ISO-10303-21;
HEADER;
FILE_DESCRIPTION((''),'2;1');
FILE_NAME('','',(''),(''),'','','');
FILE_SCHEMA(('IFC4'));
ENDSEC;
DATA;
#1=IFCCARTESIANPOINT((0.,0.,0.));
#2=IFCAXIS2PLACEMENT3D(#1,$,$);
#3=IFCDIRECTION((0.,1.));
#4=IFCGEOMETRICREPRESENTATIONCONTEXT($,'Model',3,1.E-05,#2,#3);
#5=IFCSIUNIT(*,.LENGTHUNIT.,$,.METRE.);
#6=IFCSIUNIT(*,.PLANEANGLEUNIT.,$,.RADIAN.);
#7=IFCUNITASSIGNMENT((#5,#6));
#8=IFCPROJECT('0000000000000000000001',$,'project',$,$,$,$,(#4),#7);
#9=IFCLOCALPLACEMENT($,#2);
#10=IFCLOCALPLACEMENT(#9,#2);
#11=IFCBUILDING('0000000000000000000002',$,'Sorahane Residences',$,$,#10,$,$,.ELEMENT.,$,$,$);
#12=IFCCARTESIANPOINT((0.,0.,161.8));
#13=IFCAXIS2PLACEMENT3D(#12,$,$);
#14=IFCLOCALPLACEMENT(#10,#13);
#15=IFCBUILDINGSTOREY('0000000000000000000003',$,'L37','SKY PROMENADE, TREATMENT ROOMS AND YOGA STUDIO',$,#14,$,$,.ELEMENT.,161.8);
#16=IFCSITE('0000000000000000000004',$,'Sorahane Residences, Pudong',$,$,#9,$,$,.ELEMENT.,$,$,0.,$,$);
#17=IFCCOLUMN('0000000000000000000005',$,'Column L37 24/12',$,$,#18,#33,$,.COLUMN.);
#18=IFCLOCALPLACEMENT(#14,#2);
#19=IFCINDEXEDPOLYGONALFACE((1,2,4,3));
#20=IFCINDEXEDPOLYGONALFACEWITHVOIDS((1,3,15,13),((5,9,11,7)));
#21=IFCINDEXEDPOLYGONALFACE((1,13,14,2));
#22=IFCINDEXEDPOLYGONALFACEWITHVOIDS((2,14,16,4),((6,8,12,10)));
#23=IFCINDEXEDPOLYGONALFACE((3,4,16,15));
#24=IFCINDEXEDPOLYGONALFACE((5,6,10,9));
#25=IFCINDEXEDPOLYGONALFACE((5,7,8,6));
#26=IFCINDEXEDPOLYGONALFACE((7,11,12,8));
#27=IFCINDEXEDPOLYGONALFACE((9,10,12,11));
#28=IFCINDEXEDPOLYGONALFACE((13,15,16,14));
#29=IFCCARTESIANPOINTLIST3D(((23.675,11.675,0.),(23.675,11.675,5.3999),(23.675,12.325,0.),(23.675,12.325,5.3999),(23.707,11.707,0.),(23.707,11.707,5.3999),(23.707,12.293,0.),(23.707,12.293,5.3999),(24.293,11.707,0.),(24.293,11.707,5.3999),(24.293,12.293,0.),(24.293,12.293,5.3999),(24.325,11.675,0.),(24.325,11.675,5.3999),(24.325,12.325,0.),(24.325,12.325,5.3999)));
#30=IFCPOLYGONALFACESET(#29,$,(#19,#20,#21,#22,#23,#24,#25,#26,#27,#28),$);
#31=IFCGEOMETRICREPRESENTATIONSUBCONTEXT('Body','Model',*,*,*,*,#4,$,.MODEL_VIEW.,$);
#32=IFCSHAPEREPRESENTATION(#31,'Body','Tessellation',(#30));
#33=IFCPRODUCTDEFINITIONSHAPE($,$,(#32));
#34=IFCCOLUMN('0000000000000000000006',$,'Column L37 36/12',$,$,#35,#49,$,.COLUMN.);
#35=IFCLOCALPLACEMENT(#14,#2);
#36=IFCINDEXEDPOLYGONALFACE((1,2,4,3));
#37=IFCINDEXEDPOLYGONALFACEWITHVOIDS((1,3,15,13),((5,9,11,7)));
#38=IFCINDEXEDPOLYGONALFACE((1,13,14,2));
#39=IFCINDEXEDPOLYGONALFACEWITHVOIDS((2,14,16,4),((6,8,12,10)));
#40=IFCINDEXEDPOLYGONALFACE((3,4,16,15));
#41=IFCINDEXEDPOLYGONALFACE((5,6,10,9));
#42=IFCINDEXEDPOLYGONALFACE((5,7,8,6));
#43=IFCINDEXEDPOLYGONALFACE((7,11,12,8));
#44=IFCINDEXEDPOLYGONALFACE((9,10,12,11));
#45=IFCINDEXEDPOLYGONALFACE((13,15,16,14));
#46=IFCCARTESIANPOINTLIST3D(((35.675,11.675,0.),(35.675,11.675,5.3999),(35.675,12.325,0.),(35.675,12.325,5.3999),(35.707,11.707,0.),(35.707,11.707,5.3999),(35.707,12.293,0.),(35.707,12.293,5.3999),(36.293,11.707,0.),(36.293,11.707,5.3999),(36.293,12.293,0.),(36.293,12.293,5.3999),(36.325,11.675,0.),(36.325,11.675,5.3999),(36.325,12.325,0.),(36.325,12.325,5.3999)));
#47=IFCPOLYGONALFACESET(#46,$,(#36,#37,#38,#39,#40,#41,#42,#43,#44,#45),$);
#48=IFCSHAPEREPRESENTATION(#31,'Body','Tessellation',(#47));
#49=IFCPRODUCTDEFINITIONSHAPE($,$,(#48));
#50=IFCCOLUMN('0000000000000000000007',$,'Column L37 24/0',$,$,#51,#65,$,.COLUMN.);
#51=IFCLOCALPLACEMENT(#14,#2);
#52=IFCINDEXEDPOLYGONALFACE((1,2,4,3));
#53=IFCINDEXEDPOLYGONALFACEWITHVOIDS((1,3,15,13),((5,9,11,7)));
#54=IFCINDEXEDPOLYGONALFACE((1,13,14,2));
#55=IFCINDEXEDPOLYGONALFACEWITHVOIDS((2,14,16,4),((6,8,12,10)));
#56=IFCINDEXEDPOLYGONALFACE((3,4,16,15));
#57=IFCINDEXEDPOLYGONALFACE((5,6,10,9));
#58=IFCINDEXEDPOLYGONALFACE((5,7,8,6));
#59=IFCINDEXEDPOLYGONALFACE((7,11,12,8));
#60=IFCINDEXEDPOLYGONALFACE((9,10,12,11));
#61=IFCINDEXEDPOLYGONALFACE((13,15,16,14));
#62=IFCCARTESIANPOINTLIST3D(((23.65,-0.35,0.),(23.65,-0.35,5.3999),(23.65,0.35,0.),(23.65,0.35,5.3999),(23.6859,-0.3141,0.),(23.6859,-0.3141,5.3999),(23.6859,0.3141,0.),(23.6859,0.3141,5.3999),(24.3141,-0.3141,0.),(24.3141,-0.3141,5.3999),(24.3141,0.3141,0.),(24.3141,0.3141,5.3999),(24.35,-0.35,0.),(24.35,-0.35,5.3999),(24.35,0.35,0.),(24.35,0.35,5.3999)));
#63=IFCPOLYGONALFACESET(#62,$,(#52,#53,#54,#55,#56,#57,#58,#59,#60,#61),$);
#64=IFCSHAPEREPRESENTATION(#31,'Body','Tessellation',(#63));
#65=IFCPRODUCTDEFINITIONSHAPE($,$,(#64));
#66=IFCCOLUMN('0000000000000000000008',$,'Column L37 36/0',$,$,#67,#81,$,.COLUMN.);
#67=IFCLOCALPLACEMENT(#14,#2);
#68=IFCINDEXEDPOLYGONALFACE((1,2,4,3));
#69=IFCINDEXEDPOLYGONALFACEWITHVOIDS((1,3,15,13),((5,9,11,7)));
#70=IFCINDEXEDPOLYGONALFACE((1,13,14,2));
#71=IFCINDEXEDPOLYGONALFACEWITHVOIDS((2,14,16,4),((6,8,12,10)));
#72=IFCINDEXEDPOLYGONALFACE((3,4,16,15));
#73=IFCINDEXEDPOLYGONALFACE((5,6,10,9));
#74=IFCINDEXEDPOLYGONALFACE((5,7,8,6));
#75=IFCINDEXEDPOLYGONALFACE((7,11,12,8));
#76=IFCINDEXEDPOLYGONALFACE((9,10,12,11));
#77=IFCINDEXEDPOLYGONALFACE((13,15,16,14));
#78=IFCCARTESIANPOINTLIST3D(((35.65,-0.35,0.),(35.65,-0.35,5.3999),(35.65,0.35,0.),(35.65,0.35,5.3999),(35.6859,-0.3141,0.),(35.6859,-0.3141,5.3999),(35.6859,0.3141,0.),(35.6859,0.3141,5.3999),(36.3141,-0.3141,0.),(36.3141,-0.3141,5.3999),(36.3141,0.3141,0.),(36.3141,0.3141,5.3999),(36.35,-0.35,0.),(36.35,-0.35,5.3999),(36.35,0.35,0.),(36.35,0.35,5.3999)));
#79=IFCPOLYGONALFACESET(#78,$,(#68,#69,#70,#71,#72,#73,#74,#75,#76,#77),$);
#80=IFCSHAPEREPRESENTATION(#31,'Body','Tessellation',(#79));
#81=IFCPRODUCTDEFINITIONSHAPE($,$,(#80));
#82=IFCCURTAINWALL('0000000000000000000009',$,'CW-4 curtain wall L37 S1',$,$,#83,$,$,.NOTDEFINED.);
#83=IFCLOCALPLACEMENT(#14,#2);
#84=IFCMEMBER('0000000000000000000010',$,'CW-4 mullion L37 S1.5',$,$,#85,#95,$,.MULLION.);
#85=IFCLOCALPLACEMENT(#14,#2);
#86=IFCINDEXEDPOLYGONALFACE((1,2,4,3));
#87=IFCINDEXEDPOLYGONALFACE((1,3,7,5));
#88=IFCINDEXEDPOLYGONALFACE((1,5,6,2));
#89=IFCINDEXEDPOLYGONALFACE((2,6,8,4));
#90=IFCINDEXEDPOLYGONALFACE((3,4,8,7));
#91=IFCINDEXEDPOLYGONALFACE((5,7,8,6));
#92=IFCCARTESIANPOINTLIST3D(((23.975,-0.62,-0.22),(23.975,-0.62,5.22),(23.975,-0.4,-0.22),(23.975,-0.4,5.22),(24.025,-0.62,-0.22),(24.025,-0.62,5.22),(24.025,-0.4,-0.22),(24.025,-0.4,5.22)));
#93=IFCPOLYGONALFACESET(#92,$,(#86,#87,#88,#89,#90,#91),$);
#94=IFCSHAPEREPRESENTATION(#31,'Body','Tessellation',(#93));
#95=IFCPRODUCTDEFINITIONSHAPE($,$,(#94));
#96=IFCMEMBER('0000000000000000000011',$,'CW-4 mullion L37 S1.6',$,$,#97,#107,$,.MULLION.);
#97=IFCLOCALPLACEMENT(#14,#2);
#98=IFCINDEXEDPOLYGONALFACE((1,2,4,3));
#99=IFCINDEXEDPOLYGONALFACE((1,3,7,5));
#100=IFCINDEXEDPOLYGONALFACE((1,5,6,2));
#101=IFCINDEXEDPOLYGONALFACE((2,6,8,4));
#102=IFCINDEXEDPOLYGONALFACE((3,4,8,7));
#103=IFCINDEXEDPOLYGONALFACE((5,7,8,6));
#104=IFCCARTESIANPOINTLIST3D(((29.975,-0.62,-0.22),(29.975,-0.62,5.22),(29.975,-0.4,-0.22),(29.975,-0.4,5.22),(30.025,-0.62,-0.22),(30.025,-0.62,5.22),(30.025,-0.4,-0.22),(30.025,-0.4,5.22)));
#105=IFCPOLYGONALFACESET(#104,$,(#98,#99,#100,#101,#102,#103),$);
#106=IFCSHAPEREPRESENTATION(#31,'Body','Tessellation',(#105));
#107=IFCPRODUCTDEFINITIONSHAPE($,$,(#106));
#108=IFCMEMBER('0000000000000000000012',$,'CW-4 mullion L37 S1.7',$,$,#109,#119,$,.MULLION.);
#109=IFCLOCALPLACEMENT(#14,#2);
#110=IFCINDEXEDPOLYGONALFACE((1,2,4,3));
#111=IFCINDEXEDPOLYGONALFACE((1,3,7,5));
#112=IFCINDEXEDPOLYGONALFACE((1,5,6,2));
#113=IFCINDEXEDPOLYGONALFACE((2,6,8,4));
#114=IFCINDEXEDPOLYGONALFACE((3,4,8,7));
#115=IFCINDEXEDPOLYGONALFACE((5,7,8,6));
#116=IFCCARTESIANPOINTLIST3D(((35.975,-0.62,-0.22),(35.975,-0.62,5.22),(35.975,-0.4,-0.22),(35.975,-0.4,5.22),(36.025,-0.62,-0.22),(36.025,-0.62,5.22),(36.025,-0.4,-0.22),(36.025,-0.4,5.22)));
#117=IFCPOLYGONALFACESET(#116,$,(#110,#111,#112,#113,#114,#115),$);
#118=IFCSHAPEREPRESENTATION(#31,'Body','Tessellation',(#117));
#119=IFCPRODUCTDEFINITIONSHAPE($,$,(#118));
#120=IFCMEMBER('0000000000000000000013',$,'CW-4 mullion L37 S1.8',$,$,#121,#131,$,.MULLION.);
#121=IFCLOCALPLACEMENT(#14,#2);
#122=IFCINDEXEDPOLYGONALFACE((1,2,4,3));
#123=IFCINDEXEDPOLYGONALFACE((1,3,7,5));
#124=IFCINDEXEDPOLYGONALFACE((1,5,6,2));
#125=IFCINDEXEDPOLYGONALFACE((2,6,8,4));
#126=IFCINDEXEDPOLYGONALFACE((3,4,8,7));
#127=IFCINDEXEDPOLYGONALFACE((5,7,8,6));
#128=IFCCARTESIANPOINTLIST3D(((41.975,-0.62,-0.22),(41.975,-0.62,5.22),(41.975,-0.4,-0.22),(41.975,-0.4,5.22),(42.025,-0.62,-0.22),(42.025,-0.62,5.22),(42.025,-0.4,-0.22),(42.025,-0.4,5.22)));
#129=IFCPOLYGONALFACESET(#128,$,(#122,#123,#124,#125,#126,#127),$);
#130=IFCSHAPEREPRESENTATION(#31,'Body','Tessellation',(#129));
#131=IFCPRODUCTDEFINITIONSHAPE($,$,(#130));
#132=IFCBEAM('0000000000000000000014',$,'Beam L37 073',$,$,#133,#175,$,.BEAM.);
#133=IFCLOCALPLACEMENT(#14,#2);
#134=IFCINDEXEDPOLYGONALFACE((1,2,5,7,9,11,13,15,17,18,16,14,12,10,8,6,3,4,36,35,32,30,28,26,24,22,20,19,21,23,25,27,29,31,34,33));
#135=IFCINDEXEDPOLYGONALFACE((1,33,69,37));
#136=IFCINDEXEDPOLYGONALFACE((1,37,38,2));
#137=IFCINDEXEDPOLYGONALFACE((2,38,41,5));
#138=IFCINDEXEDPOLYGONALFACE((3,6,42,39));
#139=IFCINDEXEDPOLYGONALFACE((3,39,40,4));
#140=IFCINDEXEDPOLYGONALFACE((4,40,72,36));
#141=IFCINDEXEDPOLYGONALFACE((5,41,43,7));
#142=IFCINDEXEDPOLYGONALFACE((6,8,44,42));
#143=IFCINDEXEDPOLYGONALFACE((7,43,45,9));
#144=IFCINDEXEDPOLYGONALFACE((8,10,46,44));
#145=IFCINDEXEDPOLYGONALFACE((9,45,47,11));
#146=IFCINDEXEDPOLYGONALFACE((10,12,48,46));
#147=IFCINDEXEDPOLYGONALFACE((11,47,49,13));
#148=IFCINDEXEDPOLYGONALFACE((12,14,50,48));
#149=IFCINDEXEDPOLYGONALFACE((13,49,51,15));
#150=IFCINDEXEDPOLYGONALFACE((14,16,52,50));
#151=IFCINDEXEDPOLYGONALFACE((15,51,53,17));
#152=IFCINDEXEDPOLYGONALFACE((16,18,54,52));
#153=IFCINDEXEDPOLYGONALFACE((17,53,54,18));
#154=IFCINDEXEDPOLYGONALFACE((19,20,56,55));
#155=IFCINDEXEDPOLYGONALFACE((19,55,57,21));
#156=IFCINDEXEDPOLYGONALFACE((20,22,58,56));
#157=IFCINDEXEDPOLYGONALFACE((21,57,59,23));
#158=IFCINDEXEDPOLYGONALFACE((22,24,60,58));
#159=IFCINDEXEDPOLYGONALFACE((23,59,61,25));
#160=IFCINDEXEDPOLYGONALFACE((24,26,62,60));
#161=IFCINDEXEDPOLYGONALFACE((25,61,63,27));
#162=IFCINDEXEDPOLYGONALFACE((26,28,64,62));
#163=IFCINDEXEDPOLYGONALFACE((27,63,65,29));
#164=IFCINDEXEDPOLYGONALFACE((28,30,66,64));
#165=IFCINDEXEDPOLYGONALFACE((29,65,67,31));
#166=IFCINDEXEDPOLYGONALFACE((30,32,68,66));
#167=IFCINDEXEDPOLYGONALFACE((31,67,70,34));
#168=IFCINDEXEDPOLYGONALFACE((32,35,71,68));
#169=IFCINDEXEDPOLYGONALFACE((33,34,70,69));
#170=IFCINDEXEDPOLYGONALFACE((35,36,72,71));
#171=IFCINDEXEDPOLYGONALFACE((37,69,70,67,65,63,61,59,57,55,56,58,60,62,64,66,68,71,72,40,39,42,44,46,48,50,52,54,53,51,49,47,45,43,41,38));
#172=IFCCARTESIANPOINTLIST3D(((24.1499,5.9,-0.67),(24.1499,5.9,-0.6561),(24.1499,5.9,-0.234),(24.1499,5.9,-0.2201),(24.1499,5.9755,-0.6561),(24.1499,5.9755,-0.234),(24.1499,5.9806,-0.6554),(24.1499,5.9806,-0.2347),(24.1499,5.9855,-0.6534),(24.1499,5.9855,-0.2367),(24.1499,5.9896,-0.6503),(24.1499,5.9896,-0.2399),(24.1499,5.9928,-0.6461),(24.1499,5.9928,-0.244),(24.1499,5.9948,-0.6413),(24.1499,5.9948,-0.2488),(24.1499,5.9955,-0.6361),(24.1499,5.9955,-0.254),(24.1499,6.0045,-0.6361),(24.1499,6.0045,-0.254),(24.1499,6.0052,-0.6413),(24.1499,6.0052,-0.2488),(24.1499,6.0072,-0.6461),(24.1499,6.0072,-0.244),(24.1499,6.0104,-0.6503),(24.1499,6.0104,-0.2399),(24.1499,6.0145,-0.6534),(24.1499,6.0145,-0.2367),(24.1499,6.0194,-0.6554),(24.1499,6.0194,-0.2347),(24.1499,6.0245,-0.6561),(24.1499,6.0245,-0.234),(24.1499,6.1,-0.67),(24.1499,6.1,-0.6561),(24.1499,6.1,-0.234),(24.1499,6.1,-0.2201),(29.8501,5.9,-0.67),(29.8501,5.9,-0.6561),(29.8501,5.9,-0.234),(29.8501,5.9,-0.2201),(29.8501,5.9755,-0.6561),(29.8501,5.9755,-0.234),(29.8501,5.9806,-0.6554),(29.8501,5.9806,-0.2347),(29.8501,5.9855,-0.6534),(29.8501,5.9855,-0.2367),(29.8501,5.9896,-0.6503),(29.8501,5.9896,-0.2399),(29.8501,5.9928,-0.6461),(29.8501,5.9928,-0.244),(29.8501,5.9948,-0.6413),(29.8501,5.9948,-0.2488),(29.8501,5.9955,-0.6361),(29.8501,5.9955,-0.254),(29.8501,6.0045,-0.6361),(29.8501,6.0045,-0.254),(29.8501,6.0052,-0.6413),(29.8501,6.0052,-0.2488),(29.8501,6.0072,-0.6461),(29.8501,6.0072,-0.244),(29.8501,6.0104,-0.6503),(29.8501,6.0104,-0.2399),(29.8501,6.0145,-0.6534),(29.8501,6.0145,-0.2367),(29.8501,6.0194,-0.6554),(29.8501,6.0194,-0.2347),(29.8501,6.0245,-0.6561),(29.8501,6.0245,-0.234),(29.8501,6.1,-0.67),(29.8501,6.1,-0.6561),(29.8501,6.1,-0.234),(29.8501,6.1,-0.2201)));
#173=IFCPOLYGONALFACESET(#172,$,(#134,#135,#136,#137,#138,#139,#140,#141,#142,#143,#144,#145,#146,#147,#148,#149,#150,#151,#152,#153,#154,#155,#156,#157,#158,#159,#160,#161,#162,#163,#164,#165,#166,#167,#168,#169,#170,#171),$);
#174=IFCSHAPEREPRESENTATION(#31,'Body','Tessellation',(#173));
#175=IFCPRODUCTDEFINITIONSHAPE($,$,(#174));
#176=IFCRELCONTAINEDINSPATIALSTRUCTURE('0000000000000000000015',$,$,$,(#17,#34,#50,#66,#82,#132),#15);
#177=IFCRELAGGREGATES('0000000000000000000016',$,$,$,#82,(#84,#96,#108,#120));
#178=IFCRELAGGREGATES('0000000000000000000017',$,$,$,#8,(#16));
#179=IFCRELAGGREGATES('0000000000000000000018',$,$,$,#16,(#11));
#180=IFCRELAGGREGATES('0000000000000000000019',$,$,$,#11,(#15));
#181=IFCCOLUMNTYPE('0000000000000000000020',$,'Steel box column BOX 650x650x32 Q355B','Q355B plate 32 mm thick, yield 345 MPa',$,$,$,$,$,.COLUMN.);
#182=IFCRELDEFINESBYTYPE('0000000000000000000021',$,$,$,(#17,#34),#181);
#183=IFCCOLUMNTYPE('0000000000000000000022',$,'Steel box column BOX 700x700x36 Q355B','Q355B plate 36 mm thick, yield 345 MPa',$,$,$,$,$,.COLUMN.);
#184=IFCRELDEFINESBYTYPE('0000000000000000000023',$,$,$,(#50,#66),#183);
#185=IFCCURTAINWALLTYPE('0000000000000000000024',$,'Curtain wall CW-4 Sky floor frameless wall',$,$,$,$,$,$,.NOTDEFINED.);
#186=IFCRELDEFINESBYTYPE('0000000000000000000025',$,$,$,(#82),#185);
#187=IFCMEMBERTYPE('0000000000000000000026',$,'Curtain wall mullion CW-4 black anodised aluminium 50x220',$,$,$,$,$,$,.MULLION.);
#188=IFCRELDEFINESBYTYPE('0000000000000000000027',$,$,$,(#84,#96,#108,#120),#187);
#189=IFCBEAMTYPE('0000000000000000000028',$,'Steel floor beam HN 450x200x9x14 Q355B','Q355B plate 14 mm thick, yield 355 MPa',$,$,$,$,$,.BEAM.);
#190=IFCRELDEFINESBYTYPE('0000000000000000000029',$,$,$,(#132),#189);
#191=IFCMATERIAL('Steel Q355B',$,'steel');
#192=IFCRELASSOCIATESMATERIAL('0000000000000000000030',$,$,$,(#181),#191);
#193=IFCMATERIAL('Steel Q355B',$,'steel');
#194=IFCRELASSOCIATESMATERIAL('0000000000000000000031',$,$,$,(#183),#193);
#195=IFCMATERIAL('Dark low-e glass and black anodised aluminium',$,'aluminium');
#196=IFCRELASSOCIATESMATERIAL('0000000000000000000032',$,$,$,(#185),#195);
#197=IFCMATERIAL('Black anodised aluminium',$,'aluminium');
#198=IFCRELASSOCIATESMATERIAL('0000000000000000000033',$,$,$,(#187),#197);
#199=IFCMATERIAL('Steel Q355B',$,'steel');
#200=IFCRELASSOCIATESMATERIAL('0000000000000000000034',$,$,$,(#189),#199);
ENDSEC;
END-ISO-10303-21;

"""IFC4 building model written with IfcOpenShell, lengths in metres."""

from ifc_helpers import new_model, si_unit, direction, frame, origin, origin_2d, place, context, subcontext, project, spatial, rectangle, hollow_rectangle, i_section, extrude, material, material_profile, profile_set, type_object, element, aggregate, save


model = new_model("IFC4")

# Units and contexts
model_context = context("Model", 3, precision=1e-05, world=origin(), true_north=direction((0.0, 1.0)))
body_context = subcontext(model_context, "Body", "Model", "MODEL_VIEW")
ifc_project = project(units=[si_unit("LENGTHUNIT", "METRE"), si_unit("PLANEANGLEUNIT", "RADIAN")], contexts=[model_context])

# Site, building, storey
site_placement = place(None, origin())
site = spatial("IfcSite", under=ifc_project, at=site_placement, Name="Sorahane Residences, Pudong", CompositionType="ELEMENT", RefElevation=0.0)
building_placement = place(site_placement, origin())
building = spatial("IfcBuilding", under=site, at=building_placement, Name="Sorahane Residences", CompositionType="ELEMENT")
storey_placement = place(building_placement, frame((0.0, 0.0, 161.8)))
storey = spatial("IfcBuildingStorey", under=building, at=storey_placement, Name="L37", Description="SKY PROMENADE, TREATMENT ROOMS AND YOGA STUDIO", CompositionType="ELEMENT", Elevation=161.8)

# Columns
ifc_material_1 = material(Name="Steel Q355B", Category="steel")
ifc_material_profile_1 = material_profile(ifc_material_1, hollow_rectangle(XDim=0.6499, YDim=0.6499, WallThickness=0.032, at=origin_2d()), Name="BOX 650x650x32")
ifc_profile_set_1 = profile_set([ifc_material_profile_1], Name="Steel Q355B")
column_type_1 = type_object("IfcColumnType", Name="Steel box column BOX 650x650x32 Q355B", Description="Q355B plate 32 mm thick, yield 345 MPa", PredefinedType="COLUMN", material=ifc_profile_set_1)
for number, where, z_axis, x_axis, name in (
    (1, (24.0, 12.0, 0.0), (0.0, 0.0, 1.0), (1.0, 0.0, 0.0), "Column L37 24/12"),
    (2, (36.0, 12.0, 0.0), (0.0, 0.0, 1.0), (1.0, 0.0, 0.0), "Column L37 36/12"),
):
    element("IfcColumn", number, at=place(storey_placement, frame(where, z_axis=z_axis, x_axis=x_axis)), inside=storey, type_object=column_type_1, Name=name, PredefinedType="COLUMN", context=body_context, shape_type="SweptSolid", body=[
        extrude(hollow_rectangle(XDim=0.6499, YDim=0.6499, WallThickness=0.032, at=origin_2d()), origin(), (0.0, 0.0, 1.0), 5.3999),
    ])
ifc_material_2 = material(Name="Steel Q355B", Category="steel")
ifc_material_profile_2 = material_profile(ifc_material_2, hollow_rectangle(XDim=0.7, YDim=0.7, WallThickness=0.0359, at=origin_2d()), Name="BOX 700x700x36")
ifc_profile_set_2 = profile_set([ifc_material_profile_2], Name="Steel Q355B")
column_type_2 = type_object("IfcColumnType", Name="Steel box column BOX 700x700x36 Q355B", Description="Q355B plate 36 mm thick, yield 345 MPa", PredefinedType="COLUMN", material=ifc_profile_set_2)
for number, where, z_axis, x_axis, name in (
    (3, (24.0, 0.0, 0.0), (0.0, 0.0, 1.0), (1.0, 0.0, 0.0), "Column L37 24/0"),
    (4, (36.0, 0.0, 0.0), (0.0, 0.0, 1.0), (1.0, 0.0, 0.0), "Column L37 36/0"),
):
    element("IfcColumn", number, at=place(storey_placement, frame(where, z_axis=z_axis, x_axis=x_axis)), inside=storey, type_object=column_type_2, Name=name, PredefinedType="COLUMN", context=body_context, shape_type="SweptSolid", body=[
        extrude(hollow_rectangle(XDim=0.7, YDim=0.7, WallThickness=0.0359, at=origin_2d()), origin(), (0.0, 0.0, 1.0), 5.3999),
    ])

# Curtain wall, members
ifc_material_3 = material(Name="Dark low-e glass and black anodised aluminium", Category="aluminium")
curtain_wall_type = type_object("IfcCurtainWallType", Name="Curtain wall CW-4 Sky floor frameless wall", PredefinedType="NOTDEFINED", material=ifc_material_3)
curtain_wall_placement = place(storey_placement, origin())
curtain_wall = element("IfcCurtainWall", 5, at=curtain_wall_placement, inside=storey, type_object=curtain_wall_type, Name="CW-4 curtain wall L37 S1", PredefinedType="NOTDEFINED")
ifc_material_4 = material(Name="Black anodised aluminium", Category="aluminium")
ifc_material_profile_3 = material_profile(ifc_material_4, rectangle(XDim=0.22, YDim=0.05, at=origin_2d()), Name="Curtain wall mullion CW-4 black anodised aluminium 50x220")
ifc_profile_set_3 = profile_set([ifc_material_profile_3], Name="Black anodised aluminium")
member_type = type_object("IfcMemberType", Name="Curtain wall mullion CW-4 black anodised aluminium 50x220", PredefinedType="MULLION", material=ifc_profile_set_3)
member_1_placement = place(storey_placement, frame((24.0, -0.51, -0.22), z_axis=(0.0, 0.0, 1.0), x_axis=(0.0, -1.0, 0.0)))
member_1 = element("IfcMember", 6, at=member_1_placement, type_object=member_type, Name="CW-4 mullion L37 S1.5", PredefinedType="MULLION", context=body_context, shape_type="SweptSolid", body=[
    extrude(rectangle(XDim=0.22, YDim=0.05, at=origin_2d()), origin(), (0.0, 0.0, 1.0), 5.4399),
])
member_2_placement = place(storey_placement, frame((30.0, -0.51, -0.22), z_axis=(0.0, 0.0, 1.0), x_axis=(0.0, -1.0, 0.0)))
member_2 = element("IfcMember", 7, at=member_2_placement, type_object=member_type, Name="CW-4 mullion L37 S1.6", PredefinedType="MULLION", context=body_context, shape_type="SweptSolid", body=[
    extrude(rectangle(XDim=0.22, YDim=0.05, at=origin_2d()), origin(), (0.0, 0.0, 1.0), 5.4399),
])
member_3_placement = place(storey_placement, frame((36.0, -0.51, -0.22), z_axis=(0.0, 0.0, 1.0), x_axis=(0.0, -1.0, 0.0)))
member_3 = element("IfcMember", 8, at=member_3_placement, type_object=member_type, Name="CW-4 mullion L37 S1.7", PredefinedType="MULLION", context=body_context, shape_type="SweptSolid", body=[
    extrude(rectangle(XDim=0.22, YDim=0.05, at=origin_2d()), origin(), (0.0, 0.0, 1.0), 5.4399),
])
member_4_placement = place(storey_placement, frame((42.0, -0.51, -0.22), z_axis=(0.0, 0.0, 1.0), x_axis=(0.0, -1.0, 0.0)))
member_4 = element("IfcMember", 9, at=member_4_placement, type_object=member_type, Name="CW-4 mullion L37 S1.8", PredefinedType="MULLION", context=body_context, shape_type="SweptSolid", body=[
    extrude(rectangle(XDim=0.22, YDim=0.05, at=origin_2d()), origin(), (0.0, 0.0, 1.0), 5.4399),
])

# Beam
ifc_material_5 = material(Name="Steel Q355B", Category="steel")
ifc_material_profile_4 = material_profile(ifc_material_5, i_section(OverallWidth=0.2, OverallDepth=0.45, WebThickness=0.009, FlangeThickness=0.0139, FilletRadius=0.02, at=origin_2d()), Name="HN 450x200x9x14")
ifc_profile_set_4 = profile_set([ifc_material_profile_4], Name="Steel Q355B")
beam_type_1 = type_object("IfcBeamType", Name="Steel floor beam HN 450x200x9x14 Q355B", Description="Q355B plate 14 mm thick, yield 355 MPa", PredefinedType="BEAM", material=ifc_profile_set_4)
for number, where, z_axis, x_axis, name in (
    (10, (24.1499, 6.0, -0.4451), (1.0, 0.0, 0.0), (0.0, 1.0, 0.0), "Beam L37 073"),
):
    element("IfcBeam", number, at=place(storey_placement, frame(where, z_axis=z_axis, x_axis=x_axis)), inside=storey, type_object=beam_type_1, Name=name, PredefinedType="BEAM", context=body_context, shape_type="SweptSolid", body=[
        extrude(i_section(OverallWidth=0.2, OverallDepth=0.45, WebThickness=0.009, FlangeThickness=0.0139, FilletRadius=0.02, at=origin_2d()), origin(), (0.0, 0.0, 1.0), 5.7002),
    ])

aggregate(curtain_wall, [member_1, member_2, member_3, member_4])

save(model, "model.ifc")
